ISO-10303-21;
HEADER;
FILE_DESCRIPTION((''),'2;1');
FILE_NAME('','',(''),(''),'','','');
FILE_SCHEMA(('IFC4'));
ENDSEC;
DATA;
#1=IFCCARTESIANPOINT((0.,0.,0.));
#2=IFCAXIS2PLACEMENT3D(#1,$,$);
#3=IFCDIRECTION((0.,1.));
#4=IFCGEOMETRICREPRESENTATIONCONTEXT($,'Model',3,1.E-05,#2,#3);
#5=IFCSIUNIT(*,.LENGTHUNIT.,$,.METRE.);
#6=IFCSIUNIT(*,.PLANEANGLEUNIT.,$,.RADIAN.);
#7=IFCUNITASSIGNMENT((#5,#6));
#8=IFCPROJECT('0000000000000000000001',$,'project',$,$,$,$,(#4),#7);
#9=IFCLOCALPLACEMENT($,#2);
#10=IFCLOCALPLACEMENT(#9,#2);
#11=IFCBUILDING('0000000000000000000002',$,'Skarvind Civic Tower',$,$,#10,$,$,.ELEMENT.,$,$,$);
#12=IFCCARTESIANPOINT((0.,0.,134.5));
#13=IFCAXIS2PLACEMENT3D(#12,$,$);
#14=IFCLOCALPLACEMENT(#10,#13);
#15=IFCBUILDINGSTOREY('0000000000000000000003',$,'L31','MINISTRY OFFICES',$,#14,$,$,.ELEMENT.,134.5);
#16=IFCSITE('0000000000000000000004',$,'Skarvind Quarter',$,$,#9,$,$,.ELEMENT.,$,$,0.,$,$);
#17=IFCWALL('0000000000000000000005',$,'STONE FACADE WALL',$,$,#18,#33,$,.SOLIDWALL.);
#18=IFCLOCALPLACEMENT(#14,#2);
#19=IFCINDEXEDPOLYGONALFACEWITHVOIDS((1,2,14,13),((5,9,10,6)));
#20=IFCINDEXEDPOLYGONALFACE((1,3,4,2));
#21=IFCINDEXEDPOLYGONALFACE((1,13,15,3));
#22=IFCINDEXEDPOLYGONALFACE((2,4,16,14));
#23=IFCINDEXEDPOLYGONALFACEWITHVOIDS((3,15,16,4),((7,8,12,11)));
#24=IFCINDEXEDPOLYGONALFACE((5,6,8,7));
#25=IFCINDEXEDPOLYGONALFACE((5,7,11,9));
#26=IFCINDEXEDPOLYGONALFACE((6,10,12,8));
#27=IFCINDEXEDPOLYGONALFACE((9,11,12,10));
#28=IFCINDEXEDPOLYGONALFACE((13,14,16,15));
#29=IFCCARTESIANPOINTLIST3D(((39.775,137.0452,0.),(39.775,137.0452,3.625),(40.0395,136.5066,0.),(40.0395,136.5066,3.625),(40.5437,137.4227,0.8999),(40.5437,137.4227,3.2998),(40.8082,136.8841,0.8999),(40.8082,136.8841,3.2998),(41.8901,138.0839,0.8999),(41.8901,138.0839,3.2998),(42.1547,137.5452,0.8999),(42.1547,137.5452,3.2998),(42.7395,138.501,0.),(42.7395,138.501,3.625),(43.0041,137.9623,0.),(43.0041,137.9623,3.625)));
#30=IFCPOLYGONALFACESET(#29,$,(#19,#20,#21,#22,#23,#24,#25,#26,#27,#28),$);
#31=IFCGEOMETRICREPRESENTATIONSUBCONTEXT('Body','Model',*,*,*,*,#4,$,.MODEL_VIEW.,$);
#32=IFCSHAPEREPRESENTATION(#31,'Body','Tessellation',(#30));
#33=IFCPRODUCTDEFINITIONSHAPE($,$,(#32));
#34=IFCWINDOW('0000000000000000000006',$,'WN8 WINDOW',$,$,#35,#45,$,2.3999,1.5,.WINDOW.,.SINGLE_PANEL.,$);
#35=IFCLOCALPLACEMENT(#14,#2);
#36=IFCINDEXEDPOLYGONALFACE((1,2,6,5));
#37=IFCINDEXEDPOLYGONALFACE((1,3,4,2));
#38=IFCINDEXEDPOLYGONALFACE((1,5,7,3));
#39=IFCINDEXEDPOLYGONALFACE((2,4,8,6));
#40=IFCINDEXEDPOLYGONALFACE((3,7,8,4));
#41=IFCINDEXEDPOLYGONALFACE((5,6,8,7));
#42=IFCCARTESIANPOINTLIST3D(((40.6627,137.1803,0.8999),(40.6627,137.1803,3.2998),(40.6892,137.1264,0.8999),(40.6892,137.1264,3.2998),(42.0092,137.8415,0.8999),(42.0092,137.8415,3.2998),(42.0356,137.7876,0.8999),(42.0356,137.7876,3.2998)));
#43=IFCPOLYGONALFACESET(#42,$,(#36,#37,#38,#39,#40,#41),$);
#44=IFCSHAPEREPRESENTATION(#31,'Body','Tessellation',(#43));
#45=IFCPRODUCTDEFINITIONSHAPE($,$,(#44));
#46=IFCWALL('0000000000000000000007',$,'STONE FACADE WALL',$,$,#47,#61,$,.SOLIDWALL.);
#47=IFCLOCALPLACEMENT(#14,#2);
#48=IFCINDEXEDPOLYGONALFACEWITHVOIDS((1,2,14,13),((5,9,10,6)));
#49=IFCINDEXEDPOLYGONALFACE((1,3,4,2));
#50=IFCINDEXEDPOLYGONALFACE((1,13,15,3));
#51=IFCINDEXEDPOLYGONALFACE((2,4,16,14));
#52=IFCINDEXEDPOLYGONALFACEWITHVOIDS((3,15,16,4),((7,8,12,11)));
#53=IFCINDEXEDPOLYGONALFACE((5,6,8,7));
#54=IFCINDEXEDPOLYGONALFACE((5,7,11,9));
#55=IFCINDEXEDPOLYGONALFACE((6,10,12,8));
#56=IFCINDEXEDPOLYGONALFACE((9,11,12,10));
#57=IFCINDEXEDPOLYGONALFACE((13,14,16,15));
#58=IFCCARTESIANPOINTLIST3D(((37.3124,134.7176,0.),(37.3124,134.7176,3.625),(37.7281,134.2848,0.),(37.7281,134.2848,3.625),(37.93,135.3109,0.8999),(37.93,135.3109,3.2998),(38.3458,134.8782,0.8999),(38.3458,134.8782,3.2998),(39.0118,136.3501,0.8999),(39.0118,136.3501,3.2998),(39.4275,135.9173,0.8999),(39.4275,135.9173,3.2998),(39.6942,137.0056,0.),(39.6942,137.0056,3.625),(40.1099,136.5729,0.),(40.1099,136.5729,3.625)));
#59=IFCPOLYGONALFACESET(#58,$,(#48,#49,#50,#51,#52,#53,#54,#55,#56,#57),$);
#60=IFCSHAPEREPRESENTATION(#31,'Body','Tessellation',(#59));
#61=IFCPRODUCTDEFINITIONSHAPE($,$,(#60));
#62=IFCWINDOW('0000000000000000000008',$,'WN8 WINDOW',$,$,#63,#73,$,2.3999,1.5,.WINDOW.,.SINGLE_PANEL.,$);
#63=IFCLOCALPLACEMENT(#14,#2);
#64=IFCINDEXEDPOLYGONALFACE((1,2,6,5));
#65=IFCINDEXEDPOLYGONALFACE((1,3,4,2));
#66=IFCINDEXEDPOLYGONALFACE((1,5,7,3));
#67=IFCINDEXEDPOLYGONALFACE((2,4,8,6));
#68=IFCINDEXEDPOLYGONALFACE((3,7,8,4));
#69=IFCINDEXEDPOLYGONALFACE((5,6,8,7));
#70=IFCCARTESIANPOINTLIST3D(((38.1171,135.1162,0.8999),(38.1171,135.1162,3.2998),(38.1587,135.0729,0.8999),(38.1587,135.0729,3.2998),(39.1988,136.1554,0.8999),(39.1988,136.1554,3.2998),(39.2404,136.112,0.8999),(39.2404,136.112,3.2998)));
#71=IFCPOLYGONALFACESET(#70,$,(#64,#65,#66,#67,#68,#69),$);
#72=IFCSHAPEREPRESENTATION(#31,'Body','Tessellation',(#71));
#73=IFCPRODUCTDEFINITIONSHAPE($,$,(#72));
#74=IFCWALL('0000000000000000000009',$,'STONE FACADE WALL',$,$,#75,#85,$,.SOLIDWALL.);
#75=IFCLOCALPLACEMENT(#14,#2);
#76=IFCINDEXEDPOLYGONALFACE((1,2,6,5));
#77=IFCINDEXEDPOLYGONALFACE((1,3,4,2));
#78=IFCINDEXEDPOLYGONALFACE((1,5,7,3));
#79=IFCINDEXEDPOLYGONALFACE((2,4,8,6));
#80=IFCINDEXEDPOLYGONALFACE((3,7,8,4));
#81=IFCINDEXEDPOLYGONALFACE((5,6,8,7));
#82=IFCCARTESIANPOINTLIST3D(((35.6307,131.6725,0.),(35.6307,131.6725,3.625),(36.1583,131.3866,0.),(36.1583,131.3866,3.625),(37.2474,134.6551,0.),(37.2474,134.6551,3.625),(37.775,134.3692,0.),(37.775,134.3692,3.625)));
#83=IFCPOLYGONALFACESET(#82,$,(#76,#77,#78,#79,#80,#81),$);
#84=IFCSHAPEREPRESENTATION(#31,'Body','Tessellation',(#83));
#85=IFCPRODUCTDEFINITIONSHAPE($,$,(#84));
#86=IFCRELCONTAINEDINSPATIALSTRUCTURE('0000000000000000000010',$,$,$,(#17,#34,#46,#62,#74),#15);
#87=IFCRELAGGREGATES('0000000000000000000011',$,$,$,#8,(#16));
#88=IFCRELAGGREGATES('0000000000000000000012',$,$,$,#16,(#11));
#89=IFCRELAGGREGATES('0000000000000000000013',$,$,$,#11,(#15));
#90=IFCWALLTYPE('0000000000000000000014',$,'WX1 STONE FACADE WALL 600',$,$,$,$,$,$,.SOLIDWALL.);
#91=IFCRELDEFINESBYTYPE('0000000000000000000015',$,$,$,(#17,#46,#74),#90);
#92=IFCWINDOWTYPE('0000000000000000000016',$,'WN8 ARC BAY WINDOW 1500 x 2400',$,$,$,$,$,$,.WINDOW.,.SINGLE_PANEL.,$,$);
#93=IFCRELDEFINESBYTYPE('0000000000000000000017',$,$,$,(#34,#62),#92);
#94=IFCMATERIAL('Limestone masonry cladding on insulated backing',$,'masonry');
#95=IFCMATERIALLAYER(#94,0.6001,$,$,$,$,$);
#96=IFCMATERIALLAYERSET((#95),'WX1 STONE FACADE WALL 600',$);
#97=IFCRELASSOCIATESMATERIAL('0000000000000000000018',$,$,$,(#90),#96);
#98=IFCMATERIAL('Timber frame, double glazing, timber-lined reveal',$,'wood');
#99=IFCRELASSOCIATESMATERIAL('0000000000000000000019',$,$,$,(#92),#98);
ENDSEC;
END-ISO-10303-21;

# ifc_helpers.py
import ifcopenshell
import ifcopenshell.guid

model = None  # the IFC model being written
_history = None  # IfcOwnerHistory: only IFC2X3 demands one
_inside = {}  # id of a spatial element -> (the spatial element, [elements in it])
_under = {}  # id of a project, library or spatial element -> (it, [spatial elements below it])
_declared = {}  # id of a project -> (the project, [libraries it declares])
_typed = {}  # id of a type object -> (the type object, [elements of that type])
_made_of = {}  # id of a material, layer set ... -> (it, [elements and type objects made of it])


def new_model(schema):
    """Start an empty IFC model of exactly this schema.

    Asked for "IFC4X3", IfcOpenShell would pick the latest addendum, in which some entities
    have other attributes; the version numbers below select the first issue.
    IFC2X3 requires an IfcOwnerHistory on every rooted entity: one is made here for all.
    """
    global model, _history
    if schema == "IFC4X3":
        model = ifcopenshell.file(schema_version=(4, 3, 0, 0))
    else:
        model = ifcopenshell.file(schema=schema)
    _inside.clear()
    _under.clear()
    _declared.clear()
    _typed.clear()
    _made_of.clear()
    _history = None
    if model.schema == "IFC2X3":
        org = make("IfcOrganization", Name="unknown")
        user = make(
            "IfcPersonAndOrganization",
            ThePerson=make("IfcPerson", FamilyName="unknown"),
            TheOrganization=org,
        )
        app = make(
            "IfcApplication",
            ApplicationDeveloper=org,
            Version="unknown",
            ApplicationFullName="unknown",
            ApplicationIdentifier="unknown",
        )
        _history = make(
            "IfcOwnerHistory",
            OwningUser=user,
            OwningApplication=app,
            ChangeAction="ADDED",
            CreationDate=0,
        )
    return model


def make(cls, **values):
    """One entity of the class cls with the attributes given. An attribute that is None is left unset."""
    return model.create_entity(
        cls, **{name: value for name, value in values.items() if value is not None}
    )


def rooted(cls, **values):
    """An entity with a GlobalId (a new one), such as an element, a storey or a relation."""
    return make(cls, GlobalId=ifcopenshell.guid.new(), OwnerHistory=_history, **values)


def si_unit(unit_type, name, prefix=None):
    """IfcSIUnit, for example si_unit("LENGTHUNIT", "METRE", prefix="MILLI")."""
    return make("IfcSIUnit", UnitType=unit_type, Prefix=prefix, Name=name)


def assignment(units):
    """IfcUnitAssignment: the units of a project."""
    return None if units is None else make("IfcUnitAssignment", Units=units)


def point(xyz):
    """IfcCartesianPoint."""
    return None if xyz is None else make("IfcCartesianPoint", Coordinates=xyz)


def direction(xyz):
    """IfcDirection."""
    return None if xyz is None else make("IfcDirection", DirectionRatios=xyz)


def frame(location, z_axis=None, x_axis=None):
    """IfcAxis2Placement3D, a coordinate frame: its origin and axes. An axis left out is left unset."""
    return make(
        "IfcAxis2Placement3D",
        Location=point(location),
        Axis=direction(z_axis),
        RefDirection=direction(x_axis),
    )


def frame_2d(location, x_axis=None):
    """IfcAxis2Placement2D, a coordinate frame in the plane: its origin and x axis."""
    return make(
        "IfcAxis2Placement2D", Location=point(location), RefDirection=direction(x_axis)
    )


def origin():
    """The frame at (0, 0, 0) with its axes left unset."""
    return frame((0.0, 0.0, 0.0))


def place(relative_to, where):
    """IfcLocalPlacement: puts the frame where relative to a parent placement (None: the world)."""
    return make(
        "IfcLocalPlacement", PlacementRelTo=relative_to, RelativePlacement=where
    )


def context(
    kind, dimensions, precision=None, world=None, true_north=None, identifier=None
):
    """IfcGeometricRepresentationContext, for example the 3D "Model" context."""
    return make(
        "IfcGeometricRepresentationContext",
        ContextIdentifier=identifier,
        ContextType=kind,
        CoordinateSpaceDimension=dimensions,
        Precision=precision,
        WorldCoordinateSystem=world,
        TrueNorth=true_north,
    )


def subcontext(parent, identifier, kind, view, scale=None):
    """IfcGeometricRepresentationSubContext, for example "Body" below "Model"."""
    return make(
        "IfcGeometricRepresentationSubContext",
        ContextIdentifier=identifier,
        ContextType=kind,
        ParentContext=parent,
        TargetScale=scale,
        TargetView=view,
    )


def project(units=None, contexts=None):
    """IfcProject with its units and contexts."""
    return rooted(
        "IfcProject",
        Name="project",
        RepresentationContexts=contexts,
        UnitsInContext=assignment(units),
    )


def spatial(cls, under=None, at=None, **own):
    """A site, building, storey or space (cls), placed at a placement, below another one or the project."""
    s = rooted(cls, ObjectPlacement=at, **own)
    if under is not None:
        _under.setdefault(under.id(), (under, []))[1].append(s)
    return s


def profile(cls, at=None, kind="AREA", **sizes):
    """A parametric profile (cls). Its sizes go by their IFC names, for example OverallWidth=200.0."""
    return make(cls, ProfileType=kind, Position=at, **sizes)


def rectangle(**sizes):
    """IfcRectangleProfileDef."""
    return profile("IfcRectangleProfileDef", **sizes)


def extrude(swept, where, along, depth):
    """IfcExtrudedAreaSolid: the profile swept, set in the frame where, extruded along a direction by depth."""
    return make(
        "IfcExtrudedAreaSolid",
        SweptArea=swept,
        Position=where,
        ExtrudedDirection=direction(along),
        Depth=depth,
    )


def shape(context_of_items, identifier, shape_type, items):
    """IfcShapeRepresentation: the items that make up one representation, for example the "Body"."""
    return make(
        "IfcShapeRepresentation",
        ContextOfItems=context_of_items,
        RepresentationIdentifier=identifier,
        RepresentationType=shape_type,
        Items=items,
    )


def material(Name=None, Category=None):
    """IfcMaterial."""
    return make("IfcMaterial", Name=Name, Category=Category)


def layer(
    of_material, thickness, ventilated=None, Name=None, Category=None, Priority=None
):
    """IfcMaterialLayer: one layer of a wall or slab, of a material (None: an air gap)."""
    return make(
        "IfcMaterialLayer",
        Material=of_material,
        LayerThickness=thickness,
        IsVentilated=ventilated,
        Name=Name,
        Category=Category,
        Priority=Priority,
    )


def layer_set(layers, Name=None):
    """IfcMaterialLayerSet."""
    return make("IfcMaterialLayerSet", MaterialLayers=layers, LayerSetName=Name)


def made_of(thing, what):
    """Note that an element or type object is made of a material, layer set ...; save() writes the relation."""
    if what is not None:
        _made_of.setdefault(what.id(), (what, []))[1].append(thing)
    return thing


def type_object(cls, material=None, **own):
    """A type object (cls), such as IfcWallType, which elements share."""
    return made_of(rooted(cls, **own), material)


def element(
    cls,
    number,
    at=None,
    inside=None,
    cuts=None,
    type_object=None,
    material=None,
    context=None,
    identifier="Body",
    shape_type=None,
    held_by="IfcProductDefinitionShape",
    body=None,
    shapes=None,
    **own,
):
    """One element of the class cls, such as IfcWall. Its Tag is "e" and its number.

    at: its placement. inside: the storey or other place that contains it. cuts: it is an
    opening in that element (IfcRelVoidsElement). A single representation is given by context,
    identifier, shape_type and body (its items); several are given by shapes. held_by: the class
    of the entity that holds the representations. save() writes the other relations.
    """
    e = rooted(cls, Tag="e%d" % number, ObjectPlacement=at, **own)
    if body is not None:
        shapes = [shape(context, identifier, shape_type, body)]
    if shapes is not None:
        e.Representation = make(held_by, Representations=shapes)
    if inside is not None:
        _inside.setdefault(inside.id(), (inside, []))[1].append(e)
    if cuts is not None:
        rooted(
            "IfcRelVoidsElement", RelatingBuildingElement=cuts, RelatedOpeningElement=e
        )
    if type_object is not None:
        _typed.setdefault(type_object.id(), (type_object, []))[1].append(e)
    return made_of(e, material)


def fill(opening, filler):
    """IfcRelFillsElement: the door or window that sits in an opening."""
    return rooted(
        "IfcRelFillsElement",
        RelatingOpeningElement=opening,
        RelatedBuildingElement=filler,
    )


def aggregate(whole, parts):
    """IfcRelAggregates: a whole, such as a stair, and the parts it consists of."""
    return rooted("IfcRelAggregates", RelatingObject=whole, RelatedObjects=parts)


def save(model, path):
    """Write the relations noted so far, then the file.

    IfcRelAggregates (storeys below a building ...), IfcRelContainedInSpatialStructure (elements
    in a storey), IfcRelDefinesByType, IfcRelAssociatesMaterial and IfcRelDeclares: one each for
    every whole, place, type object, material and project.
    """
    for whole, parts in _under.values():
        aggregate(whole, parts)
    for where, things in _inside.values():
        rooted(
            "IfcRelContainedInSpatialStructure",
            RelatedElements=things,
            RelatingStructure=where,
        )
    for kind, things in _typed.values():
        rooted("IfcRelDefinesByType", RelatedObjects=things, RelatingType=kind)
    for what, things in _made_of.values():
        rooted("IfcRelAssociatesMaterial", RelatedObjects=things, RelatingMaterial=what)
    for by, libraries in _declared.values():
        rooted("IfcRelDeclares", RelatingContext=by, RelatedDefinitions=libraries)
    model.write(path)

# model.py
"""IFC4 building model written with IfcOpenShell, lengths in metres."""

from ifc_helpers import new_model, si_unit, direction, frame, frame_2d, origin, place, context, subcontext, project, spatial, rectangle, extrude, material, layer, layer_set, type_object, element, fill, save


model = new_model("IFC4")

# Units and contexts
model_context = context("Model", 3, precision=1e-05, world=origin(), true_north=direction((0.0, 1.0)))
body_context = subcontext(model_context, "Body", "Model", "MODEL_VIEW")
ifc_project = project(units=[si_unit("LENGTHUNIT", "METRE"), si_unit("PLANEANGLEUNIT", "RADIAN")], contexts=[model_context])

# Site, building, storey
site_placement = place(None, origin())
site = spatial("IfcSite", under=ifc_project, at=site_placement, Name="Skarvind Quarter", CompositionType="ELEMENT", RefElevation=0.0)
building_placement = place(site_placement, origin())
building = spatial("IfcBuilding", under=site, at=building_placement, Name="Skarvind Civic Tower", CompositionType="ELEMENT")
storey_placement = place(building_placement, frame((0.0, 0.0, 134.5)))
storey = spatial("IfcBuildingStorey", under=building, at=storey_placement, Name="L31", Description="MINISTRY OFFICES", CompositionType="ELEMENT", Elevation=134.5)

# Walls, openings, windows
ifc_material_1 = material(Name="Limestone masonry cladding on insulated backing", Category="masonry")
ifc_layer_1 = layer(ifc_material_1, 0.6001)
ifc_layer_set_1 = layer_set([ifc_layer_1], Name="WX1 STONE FACADE WALL 600")
wall_type_1 = type_object("IfcWallType", Name="WX1 STONE FACADE WALL 600", PredefinedType="SOLIDWALL", material=ifc_layer_set_1)
ifc_material_2 = material(Name="Timber frame, double glazing, timber-lined reveal", Category="wood")
window_type = type_object("IfcWindowType", Name="WN8 ARC BAY WINDOW 1500 x 2400", PartitioningType="SINGLE_PANEL", PredefinedType="WINDOW", material=ifc_material_2)
wall_1_placement = place(storey_placement, frame((39.9072, 136.7759, 0.0), z_axis=(0.0, 0.0, 1.0), x_axis=(0.897612, 0.440786, 0.0)))
wall_1 = element("IfcWall", 1, at=wall_1_placement, inside=storey, type_object=wall_type_1, Name="STONE FACADE WALL", PredefinedType="SOLIDWALL", context=body_context, shape_type="SweptSolid", body=[
    extrude(rectangle(XDim=3.3027, YDim=0.6001, at=frame_2d((1.6514, 0.0))), origin(), (0.0, 0.0, 1.0), 3.625),
])
opening_1_placement = place(wall_1_placement, frame((0.8564, 0.0, 0.8999)))
opening_1 = element("IfcOpeningElement", 2, at=opening_1_placement, cuts=wall_1, PredefinedType="OPENING", context=body_context, shape_type="SweptSolid", body=[
    extrude(rectangle(XDim=1.5, YDim=2.3999, at=frame_2d((0.75, 1.2))), frame((0.0, 0.3101, 0.0), z_axis=(0.0, -1.0, 0.0), x_axis=(1.0, 0.0, 0.0)), (0.0, 0.0, 1.0), 0.6201),
])
window_1_placement = place(opening_1_placement, origin())
window_1 = element("IfcWindow", 3, at=window_1_placement, inside=storey, type_object=window_type, Name="WN8 WINDOW", OverallHeight=2.3999, OverallWidth=1.5, PartitioningType="SINGLE_PANEL", PredefinedType="WINDOW", context=body_context, shape_type="SweptSolid", body=[
    extrude(rectangle(XDim=1.5, YDim=2.3999, at=frame_2d((0.75, 1.2))), frame((0.0, 0.03, 0.0), z_axis=(0.0, -1.0, 0.0), x_axis=(1.0, 0.0, 0.0)), (0.0, 0.0, 1.0), 0.0601),
])
fill(opening_1, window_1)
wall_2_placement = place(storey_placement, frame((37.5203, 134.5012, 0.0), z_axis=(0.0, 0.0, 1.0), x_axis=(0.721157, 0.692772, 0.0)))
wall_2 = element("IfcWall", 4, at=wall_2_placement, inside=storey, type_object=wall_type_1, Name="STONE FACADE WALL", PredefinedType="SOLIDWALL", context=body_context, shape_type="SweptSolid", body=[
    extrude(rectangle(XDim=3.3027, YDim=0.6001, at=frame_2d((1.6514, 0.0))), origin(), (0.0, 0.0, 1.0), 3.625),
])
opening_2_placement = place(wall_2_placement, frame((0.8564, 0.0, 0.8999)))
opening_2 = element("IfcOpeningElement", 5, at=opening_2_placement, cuts=wall_2, PredefinedType="OPENING", context=body_context, shape_type="SweptSolid", body=[
    extrude(rectangle(XDim=1.5, YDim=2.3999, at=frame_2d((0.75, 1.2))), frame((0.0, 0.3101, 0.0), z_axis=(0.0, -1.0, 0.0), x_axis=(1.0, 0.0, 0.0)), (0.0, 0.0, 1.0), 0.6201),
])
window_2_placement = place(opening_2_placement, origin())
window_2 = element("IfcWindow", 6, at=window_2_placement, inside=storey, type_object=window_type, Name="WN8 WINDOW", OverallHeight=2.3999, OverallWidth=1.5, PartitioningType="SINGLE_PANEL", PredefinedType="WINDOW", context=body_context, shape_type="SweptSolid", body=[
    extrude(rectangle(XDim=1.5, YDim=2.3999, at=frame_2d((0.75, 1.2))), frame((0.0, 0.03, 0.0), z_axis=(0.0, -1.0, 0.0), x_axis=(1.0, 0.0, 0.0)), (0.0, 0.0, 1.0), 0.0601),
])
fill(opening_2, window_2)

# Wall
wall_3_placement = place(storey_placement, frame((35.8945, 131.5295, 0.0), z_axis=(0.0, 0.0, 1.0), x_axis=(0.476531, 0.879158, 0.0)))
element("IfcWall", 7, at=wall_3_placement, inside=storey, type_object=wall_type_1, Name="STONE FACADE WALL", PredefinedType="SOLIDWALL", context=body_context, shape_type="SweptSolid", body=[
    extrude(rectangle(XDim=3.3926, YDim=0.6001, at=frame_2d((1.6963, 0.0))), origin(), (0.0, 0.0, 1.0), 3.625),
])

save(model, "model.ifc")
